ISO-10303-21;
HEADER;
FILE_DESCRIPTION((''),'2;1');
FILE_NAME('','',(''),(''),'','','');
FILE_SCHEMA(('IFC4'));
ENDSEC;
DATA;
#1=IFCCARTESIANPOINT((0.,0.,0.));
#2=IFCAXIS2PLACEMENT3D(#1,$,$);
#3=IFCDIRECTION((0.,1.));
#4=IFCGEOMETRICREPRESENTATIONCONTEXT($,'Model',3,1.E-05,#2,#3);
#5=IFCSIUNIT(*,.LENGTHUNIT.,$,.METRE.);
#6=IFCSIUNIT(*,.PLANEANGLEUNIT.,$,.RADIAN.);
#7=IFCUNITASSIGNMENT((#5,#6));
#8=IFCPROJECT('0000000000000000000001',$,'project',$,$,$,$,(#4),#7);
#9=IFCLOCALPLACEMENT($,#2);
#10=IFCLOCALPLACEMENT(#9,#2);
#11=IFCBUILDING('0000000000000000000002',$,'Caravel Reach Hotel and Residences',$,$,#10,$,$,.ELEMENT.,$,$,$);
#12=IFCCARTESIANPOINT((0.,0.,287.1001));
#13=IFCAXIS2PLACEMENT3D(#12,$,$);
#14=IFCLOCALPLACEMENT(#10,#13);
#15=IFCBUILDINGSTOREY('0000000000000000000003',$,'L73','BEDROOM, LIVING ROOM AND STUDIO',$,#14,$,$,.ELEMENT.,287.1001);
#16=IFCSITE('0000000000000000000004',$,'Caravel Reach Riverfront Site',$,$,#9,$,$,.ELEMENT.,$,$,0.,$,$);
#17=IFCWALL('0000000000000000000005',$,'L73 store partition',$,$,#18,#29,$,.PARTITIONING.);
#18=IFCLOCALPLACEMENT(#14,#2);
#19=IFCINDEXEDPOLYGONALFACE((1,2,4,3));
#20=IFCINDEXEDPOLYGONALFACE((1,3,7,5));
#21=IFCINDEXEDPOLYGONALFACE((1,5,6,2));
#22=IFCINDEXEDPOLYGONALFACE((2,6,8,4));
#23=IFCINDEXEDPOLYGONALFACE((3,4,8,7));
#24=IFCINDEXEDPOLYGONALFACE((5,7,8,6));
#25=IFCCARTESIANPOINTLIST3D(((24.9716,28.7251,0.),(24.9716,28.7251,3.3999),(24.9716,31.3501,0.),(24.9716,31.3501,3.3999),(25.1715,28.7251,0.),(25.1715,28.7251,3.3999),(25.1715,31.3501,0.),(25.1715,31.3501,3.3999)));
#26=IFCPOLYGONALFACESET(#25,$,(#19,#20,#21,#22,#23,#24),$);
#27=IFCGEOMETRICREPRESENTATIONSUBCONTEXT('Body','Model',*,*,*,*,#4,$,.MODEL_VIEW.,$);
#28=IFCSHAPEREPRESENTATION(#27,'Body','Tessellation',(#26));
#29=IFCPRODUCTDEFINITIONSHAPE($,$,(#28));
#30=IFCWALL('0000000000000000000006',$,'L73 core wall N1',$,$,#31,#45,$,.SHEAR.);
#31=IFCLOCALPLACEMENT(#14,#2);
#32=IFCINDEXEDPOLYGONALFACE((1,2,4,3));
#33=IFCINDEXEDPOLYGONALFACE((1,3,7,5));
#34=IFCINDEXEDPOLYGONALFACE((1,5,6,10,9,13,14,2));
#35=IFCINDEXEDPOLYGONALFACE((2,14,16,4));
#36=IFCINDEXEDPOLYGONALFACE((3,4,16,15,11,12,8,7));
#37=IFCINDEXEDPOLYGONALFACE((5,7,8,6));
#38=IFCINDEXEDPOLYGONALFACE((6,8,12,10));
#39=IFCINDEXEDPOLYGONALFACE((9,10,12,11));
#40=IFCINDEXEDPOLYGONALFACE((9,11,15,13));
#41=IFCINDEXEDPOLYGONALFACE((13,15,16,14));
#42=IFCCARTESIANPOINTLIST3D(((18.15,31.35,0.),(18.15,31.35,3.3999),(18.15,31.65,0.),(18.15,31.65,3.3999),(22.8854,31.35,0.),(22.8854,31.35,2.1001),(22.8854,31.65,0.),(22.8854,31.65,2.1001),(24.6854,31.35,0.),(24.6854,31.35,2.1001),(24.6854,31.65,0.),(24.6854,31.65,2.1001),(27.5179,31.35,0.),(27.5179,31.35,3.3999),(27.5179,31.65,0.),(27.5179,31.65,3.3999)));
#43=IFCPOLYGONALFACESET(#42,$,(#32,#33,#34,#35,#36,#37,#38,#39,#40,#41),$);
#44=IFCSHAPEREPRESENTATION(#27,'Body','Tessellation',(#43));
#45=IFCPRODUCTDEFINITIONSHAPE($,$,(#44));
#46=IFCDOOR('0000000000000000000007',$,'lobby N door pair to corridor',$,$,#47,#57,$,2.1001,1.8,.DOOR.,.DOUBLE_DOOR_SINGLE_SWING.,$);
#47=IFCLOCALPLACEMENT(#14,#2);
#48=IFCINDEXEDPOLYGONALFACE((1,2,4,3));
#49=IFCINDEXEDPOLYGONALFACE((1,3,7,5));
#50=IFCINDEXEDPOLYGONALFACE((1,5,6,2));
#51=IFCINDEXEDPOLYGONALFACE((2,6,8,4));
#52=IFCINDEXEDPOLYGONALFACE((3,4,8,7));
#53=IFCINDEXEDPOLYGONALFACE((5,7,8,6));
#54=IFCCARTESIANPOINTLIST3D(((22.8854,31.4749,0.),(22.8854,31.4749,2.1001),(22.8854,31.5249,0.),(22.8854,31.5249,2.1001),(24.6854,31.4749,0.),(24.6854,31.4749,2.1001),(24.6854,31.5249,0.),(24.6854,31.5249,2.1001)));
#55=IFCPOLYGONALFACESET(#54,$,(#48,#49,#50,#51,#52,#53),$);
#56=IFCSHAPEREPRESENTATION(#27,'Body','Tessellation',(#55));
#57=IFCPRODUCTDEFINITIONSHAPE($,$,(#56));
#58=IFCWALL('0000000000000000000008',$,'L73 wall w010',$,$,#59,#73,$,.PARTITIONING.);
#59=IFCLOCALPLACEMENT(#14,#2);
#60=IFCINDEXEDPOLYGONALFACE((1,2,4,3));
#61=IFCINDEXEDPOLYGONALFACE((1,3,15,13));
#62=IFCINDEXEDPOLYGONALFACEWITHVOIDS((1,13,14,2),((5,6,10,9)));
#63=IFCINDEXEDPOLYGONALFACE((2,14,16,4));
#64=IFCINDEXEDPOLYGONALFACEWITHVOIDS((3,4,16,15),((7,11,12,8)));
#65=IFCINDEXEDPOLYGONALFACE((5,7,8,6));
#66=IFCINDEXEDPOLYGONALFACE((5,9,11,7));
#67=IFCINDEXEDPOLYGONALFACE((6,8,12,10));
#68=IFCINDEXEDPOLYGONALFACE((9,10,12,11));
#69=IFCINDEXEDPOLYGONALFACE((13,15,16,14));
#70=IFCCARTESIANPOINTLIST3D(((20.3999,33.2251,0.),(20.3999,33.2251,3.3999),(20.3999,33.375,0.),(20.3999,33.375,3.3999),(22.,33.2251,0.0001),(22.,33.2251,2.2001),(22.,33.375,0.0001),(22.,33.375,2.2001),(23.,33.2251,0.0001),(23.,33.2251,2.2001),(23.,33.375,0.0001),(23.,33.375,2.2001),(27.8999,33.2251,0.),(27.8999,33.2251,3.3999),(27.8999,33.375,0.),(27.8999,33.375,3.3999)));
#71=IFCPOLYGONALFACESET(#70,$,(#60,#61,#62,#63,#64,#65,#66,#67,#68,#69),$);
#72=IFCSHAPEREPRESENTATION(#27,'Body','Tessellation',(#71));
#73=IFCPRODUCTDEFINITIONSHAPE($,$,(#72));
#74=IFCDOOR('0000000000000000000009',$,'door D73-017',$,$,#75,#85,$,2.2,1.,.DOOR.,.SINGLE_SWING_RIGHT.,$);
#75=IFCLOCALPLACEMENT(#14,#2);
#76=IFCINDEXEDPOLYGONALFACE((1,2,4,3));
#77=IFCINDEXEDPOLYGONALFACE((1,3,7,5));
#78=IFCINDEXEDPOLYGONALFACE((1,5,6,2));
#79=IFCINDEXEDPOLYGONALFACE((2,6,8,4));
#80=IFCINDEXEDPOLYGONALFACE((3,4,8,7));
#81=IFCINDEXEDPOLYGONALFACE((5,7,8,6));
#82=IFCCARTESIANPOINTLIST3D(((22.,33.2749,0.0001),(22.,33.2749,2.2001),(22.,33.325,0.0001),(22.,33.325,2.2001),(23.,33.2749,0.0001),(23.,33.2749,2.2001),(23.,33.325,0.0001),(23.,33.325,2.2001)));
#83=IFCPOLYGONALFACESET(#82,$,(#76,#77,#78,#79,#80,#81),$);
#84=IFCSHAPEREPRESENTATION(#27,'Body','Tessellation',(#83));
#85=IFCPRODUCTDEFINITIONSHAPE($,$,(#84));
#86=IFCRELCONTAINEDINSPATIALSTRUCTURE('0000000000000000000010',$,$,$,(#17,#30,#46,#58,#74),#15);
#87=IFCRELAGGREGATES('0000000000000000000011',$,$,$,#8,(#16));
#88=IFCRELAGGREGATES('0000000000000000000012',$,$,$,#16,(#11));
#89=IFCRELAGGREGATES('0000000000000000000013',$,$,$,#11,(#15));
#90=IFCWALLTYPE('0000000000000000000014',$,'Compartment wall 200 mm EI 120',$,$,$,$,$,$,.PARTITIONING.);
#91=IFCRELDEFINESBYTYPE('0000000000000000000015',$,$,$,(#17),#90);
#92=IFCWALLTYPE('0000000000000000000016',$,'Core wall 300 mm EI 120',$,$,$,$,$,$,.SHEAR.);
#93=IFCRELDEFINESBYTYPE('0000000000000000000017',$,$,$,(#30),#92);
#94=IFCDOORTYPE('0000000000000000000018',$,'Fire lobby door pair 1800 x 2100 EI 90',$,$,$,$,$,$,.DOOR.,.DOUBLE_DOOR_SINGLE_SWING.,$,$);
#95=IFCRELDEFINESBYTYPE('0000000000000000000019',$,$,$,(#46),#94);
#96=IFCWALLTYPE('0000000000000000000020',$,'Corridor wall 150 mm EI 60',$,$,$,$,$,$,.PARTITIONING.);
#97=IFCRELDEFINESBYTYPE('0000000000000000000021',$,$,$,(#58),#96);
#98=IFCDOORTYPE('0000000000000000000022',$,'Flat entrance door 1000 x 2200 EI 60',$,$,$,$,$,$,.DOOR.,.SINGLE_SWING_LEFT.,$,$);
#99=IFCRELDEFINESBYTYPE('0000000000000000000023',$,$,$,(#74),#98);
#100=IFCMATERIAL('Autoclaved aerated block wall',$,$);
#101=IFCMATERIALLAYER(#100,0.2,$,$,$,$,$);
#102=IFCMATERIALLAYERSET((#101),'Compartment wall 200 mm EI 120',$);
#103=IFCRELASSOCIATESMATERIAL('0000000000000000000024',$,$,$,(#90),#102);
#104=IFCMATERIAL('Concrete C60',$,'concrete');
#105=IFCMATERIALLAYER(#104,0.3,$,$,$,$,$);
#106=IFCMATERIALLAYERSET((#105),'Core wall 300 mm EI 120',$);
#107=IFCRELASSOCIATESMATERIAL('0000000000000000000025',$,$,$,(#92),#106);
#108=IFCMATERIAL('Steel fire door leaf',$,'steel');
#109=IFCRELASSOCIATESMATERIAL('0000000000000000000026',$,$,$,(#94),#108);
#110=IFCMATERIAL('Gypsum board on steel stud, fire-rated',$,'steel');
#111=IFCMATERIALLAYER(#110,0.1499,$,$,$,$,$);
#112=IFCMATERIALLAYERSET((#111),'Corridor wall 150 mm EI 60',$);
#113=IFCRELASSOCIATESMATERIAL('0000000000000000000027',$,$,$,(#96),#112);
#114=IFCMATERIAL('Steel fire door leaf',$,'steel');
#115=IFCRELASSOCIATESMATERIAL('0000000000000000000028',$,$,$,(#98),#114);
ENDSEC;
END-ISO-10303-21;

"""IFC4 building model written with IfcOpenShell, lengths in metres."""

from ifc_helpers import new_model, si_unit, direction, frame, frame_2d, origin, place, context, subcontext, project, spatial, rectangle, extrude, material, layer, layer_set, type_object, element, fill, save


model = new_model("IFC4")

# Units and contexts
model_context = context("Model", 3, precision=1e-05, world=origin(), true_north=direction((0.0, 1.0)))
body_context = subcontext(model_context, "Body", "Model", "MODEL_VIEW")
ifc_project = project(units=[si_unit("LENGTHUNIT", "METRE"), si_unit("PLANEANGLEUNIT", "RADIAN")], contexts=[model_context])

# Site, building, storey
site_placement = place(None, origin())
site = spatial("IfcSite", under=ifc_project, at=site_placement, Name="Caravel Reach Riverfront Site", CompositionType="ELEMENT", RefElevation=0.0)
building_placement = place(site_placement, origin())
building = spatial("IfcBuilding", under=site, at=building_placement, Name="Caravel Reach Hotel and Residences", CompositionType="ELEMENT")
storey_placement = place(building_placement, frame((0.0, 0.0, 287.1001)))
storey = spatial("IfcBuildingStorey", under=building, at=storey_placement, Name="L73", Description="BEDROOM, LIVING ROOM AND STUDIO", CompositionType="ELEMENT", Elevation=287.1001)

# Wall
ifc_material_1 = material(Name="Autoclaved aerated block wall")
ifc_layer_1 = layer(ifc_material_1, 0.2)
ifc_layer_set_1 = layer_set([ifc_layer_1], Name="Compartment wall 200 mm EI 120")
wall_type_1 = type_object("IfcWallType", Name="Compartment wall 200 mm EI 120", PredefinedType="PARTITIONING", material=ifc_layer_set_1)
wall_1_placement = place(storey_placement, frame((25.0715, 28.7251, 0.0), z_axis=(0.0, 0.0, 1.0), x_axis=(0.0, 1.0, 0.0)))
element("IfcWall", 1, at=wall_1_placement, inside=storey, type_object=wall_type_1, Name="L73 store partition", PredefinedType="PARTITIONING", context=body_context, shape_type="SweptSolid", body=[
    extrude(rectangle(XDim=2.625, YDim=0.2, at=frame_2d((1.3125, 0.0))), origin(), (0.0, 0.0, 1.0), 3.3999),
])

# Walls, openings, doors
ifc_material_2 = material(Name="Concrete C60", Category="concrete")
ifc_layer_2 = layer(ifc_material_2, 0.3)
ifc_layer_set_2 = layer_set([ifc_layer_2], Name="Core wall 300 mm EI 120")
wall_type_2 = type_object("IfcWallType", Name="Core wall 300 mm EI 120", PredefinedType="SHEAR", material=ifc_layer_set_2)
wall_2_placement = place(storey_placement, frame((18.1499, 31.5, 0.0), z_axis=(0.0, 0.0, 1.0), x_axis=(1.0, 0.0, 0.0)))
wall_2 = element("IfcWall", 2, at=wall_2_placement, inside=storey, type_object=wall_type_2, Name="L73 core wall N1", PredefinedType="SHEAR", context=body_context, shape_type="SweptSolid", body=[
    extrude(rectangle(XDim=9.3679, YDim=0.3, at=frame_2d((4.6841, 0.0))), origin(), (0.0, 0.0, 1.0), 3.3999),
])
opening_1_placement = place(wall_2_placement, frame((4.7356, 0.0, 0.0)))
opening_1 = element("IfcOpeningElement", 3, at=opening_1_placement, cuts=wall_2, PredefinedType="OPENING", context=body_context, shape_type="SweptSolid", body=[
    extrude(rectangle(XDim=1.8, YDim=2.1001, at=frame_2d((0.8999, 1.05))), frame((0.0, 0.1599, 0.0), z_axis=(0.0, -1.0, 0.0), x_axis=(1.0, 0.0, 0.0)), (0.0, 0.0, 1.0), 0.3201),
])
ifc_material_3 = material(Name="Steel fire door leaf", Category="steel")
door_type_1 = type_object("IfcDoorType", Name="Fire lobby door pair 1800 x 2100 EI 90", OperationType="DOUBLE_DOOR_SINGLE_SWING", PredefinedType="DOOR", material=ifc_material_3)
door_1_placement = place(opening_1_placement, origin())
door_1 = element("IfcDoor", 4, at=door_1_placement, inside=storey, type_object=door_type_1, Name="lobby N door pair to corridor", OperationType="DOUBLE_DOOR_SINGLE_SWING", OverallHeight=2.1001, OverallWidth=1.8, PredefinedType="DOOR", context=body_context, shape_type="SweptSolid", body=[
    extrude(rectangle(XDim=1.8, YDim=2.1001, at=frame_2d((0.8999, 1.05))), frame((0.0, 0.0249, 0.0), z_axis=(0.0, -1.0, 0.0), x_axis=(1.0, 0.0, 0.0)), (0.0, 0.0, 1.0), 0.05),
])
fill(opening_1, door_1)
ifc_material_4 = material(Name="Gypsum board on steel stud, fire-rated", Category="steel")
ifc_layer_3 = layer(ifc_material_4, 0.1499)
ifc_layer_set_3 = layer_set([ifc_layer_3], Name="Corridor wall 150 mm EI 60")
wall_type_3 = type_object("IfcWallType", Name="Corridor wall 150 mm EI 60", PredefinedType="PARTITIONING", material=ifc_layer_set_3)
wall_3_placement = place(storey_placement, frame((20.3999, 33.3, 0.0), z_axis=(0.0, 0.0, 1.0), x_axis=(1.0, 0.0, 0.0)))
wall_3 = element("IfcWall", 5, at=wall_3_placement, inside=storey, type_object=wall_type_3, Name="L73 wall w010", PredefinedType="PARTITIONING", context=body_context, shape_type="SweptSolid", body=[
    extrude(rectangle(XDim=7.5, YDim=0.1499, at=frame_2d((3.75, 0.0))), origin(), (0.0, 0.0, 1.0), 3.3999),
])
opening_2_placement = place(wall_3_placement, frame((1.6001, 0.0, 0.0)))
opening_2 = element("IfcOpeningElement", 6, at=opening_2_placement, cuts=wall_3, PredefinedType="OPENING", context=body_context, shape_type="SweptSolid", body=[
    extrude(rectangle(XDim=1.0, YDim=2.2, at=frame_2d((0.5, 1.1001))), frame((0.0, 0.085, 0.0), z_axis=(0.0, -1.0, 0.0), x_axis=(1.0, 0.0, 0.0)), (0.0, 0.0, 1.0), 0.1699),
])
ifc_material_5 = material(Name="Steel fire door leaf", Category="steel")
door_type_2 = type_object("IfcDoorType", Name="Flat entrance door 1000 x 2200 EI 60", OperationType="SINGLE_SWING_LEFT", PredefinedType="DOOR", material=ifc_material_5)
door_2_placement = place(opening_2_placement, origin())
door_2 = element("IfcDoor", 7, at=door_2_placement, inside=storey, type_object=door_type_2, Name="door D73-017", OperationType="SINGLE_SWING_RIGHT", OverallHeight=2.2, OverallWidth=1.0, PredefinedType="DOOR", context=body_context, shape_type="SweptSolid", body=[
    extrude(rectangle(XDim=1.0, YDim=2.2, at=frame_2d((0.5, 1.1001))), frame((0.0, 0.0249, 0.0), z_axis=(0.0, -1.0, 0.0), x_axis=(1.0, 0.0, 0.0)), (0.0, 0.0, 1.0), 0.05),
])
fill(opening_2, door_2)

save(model, "model.ifc")
